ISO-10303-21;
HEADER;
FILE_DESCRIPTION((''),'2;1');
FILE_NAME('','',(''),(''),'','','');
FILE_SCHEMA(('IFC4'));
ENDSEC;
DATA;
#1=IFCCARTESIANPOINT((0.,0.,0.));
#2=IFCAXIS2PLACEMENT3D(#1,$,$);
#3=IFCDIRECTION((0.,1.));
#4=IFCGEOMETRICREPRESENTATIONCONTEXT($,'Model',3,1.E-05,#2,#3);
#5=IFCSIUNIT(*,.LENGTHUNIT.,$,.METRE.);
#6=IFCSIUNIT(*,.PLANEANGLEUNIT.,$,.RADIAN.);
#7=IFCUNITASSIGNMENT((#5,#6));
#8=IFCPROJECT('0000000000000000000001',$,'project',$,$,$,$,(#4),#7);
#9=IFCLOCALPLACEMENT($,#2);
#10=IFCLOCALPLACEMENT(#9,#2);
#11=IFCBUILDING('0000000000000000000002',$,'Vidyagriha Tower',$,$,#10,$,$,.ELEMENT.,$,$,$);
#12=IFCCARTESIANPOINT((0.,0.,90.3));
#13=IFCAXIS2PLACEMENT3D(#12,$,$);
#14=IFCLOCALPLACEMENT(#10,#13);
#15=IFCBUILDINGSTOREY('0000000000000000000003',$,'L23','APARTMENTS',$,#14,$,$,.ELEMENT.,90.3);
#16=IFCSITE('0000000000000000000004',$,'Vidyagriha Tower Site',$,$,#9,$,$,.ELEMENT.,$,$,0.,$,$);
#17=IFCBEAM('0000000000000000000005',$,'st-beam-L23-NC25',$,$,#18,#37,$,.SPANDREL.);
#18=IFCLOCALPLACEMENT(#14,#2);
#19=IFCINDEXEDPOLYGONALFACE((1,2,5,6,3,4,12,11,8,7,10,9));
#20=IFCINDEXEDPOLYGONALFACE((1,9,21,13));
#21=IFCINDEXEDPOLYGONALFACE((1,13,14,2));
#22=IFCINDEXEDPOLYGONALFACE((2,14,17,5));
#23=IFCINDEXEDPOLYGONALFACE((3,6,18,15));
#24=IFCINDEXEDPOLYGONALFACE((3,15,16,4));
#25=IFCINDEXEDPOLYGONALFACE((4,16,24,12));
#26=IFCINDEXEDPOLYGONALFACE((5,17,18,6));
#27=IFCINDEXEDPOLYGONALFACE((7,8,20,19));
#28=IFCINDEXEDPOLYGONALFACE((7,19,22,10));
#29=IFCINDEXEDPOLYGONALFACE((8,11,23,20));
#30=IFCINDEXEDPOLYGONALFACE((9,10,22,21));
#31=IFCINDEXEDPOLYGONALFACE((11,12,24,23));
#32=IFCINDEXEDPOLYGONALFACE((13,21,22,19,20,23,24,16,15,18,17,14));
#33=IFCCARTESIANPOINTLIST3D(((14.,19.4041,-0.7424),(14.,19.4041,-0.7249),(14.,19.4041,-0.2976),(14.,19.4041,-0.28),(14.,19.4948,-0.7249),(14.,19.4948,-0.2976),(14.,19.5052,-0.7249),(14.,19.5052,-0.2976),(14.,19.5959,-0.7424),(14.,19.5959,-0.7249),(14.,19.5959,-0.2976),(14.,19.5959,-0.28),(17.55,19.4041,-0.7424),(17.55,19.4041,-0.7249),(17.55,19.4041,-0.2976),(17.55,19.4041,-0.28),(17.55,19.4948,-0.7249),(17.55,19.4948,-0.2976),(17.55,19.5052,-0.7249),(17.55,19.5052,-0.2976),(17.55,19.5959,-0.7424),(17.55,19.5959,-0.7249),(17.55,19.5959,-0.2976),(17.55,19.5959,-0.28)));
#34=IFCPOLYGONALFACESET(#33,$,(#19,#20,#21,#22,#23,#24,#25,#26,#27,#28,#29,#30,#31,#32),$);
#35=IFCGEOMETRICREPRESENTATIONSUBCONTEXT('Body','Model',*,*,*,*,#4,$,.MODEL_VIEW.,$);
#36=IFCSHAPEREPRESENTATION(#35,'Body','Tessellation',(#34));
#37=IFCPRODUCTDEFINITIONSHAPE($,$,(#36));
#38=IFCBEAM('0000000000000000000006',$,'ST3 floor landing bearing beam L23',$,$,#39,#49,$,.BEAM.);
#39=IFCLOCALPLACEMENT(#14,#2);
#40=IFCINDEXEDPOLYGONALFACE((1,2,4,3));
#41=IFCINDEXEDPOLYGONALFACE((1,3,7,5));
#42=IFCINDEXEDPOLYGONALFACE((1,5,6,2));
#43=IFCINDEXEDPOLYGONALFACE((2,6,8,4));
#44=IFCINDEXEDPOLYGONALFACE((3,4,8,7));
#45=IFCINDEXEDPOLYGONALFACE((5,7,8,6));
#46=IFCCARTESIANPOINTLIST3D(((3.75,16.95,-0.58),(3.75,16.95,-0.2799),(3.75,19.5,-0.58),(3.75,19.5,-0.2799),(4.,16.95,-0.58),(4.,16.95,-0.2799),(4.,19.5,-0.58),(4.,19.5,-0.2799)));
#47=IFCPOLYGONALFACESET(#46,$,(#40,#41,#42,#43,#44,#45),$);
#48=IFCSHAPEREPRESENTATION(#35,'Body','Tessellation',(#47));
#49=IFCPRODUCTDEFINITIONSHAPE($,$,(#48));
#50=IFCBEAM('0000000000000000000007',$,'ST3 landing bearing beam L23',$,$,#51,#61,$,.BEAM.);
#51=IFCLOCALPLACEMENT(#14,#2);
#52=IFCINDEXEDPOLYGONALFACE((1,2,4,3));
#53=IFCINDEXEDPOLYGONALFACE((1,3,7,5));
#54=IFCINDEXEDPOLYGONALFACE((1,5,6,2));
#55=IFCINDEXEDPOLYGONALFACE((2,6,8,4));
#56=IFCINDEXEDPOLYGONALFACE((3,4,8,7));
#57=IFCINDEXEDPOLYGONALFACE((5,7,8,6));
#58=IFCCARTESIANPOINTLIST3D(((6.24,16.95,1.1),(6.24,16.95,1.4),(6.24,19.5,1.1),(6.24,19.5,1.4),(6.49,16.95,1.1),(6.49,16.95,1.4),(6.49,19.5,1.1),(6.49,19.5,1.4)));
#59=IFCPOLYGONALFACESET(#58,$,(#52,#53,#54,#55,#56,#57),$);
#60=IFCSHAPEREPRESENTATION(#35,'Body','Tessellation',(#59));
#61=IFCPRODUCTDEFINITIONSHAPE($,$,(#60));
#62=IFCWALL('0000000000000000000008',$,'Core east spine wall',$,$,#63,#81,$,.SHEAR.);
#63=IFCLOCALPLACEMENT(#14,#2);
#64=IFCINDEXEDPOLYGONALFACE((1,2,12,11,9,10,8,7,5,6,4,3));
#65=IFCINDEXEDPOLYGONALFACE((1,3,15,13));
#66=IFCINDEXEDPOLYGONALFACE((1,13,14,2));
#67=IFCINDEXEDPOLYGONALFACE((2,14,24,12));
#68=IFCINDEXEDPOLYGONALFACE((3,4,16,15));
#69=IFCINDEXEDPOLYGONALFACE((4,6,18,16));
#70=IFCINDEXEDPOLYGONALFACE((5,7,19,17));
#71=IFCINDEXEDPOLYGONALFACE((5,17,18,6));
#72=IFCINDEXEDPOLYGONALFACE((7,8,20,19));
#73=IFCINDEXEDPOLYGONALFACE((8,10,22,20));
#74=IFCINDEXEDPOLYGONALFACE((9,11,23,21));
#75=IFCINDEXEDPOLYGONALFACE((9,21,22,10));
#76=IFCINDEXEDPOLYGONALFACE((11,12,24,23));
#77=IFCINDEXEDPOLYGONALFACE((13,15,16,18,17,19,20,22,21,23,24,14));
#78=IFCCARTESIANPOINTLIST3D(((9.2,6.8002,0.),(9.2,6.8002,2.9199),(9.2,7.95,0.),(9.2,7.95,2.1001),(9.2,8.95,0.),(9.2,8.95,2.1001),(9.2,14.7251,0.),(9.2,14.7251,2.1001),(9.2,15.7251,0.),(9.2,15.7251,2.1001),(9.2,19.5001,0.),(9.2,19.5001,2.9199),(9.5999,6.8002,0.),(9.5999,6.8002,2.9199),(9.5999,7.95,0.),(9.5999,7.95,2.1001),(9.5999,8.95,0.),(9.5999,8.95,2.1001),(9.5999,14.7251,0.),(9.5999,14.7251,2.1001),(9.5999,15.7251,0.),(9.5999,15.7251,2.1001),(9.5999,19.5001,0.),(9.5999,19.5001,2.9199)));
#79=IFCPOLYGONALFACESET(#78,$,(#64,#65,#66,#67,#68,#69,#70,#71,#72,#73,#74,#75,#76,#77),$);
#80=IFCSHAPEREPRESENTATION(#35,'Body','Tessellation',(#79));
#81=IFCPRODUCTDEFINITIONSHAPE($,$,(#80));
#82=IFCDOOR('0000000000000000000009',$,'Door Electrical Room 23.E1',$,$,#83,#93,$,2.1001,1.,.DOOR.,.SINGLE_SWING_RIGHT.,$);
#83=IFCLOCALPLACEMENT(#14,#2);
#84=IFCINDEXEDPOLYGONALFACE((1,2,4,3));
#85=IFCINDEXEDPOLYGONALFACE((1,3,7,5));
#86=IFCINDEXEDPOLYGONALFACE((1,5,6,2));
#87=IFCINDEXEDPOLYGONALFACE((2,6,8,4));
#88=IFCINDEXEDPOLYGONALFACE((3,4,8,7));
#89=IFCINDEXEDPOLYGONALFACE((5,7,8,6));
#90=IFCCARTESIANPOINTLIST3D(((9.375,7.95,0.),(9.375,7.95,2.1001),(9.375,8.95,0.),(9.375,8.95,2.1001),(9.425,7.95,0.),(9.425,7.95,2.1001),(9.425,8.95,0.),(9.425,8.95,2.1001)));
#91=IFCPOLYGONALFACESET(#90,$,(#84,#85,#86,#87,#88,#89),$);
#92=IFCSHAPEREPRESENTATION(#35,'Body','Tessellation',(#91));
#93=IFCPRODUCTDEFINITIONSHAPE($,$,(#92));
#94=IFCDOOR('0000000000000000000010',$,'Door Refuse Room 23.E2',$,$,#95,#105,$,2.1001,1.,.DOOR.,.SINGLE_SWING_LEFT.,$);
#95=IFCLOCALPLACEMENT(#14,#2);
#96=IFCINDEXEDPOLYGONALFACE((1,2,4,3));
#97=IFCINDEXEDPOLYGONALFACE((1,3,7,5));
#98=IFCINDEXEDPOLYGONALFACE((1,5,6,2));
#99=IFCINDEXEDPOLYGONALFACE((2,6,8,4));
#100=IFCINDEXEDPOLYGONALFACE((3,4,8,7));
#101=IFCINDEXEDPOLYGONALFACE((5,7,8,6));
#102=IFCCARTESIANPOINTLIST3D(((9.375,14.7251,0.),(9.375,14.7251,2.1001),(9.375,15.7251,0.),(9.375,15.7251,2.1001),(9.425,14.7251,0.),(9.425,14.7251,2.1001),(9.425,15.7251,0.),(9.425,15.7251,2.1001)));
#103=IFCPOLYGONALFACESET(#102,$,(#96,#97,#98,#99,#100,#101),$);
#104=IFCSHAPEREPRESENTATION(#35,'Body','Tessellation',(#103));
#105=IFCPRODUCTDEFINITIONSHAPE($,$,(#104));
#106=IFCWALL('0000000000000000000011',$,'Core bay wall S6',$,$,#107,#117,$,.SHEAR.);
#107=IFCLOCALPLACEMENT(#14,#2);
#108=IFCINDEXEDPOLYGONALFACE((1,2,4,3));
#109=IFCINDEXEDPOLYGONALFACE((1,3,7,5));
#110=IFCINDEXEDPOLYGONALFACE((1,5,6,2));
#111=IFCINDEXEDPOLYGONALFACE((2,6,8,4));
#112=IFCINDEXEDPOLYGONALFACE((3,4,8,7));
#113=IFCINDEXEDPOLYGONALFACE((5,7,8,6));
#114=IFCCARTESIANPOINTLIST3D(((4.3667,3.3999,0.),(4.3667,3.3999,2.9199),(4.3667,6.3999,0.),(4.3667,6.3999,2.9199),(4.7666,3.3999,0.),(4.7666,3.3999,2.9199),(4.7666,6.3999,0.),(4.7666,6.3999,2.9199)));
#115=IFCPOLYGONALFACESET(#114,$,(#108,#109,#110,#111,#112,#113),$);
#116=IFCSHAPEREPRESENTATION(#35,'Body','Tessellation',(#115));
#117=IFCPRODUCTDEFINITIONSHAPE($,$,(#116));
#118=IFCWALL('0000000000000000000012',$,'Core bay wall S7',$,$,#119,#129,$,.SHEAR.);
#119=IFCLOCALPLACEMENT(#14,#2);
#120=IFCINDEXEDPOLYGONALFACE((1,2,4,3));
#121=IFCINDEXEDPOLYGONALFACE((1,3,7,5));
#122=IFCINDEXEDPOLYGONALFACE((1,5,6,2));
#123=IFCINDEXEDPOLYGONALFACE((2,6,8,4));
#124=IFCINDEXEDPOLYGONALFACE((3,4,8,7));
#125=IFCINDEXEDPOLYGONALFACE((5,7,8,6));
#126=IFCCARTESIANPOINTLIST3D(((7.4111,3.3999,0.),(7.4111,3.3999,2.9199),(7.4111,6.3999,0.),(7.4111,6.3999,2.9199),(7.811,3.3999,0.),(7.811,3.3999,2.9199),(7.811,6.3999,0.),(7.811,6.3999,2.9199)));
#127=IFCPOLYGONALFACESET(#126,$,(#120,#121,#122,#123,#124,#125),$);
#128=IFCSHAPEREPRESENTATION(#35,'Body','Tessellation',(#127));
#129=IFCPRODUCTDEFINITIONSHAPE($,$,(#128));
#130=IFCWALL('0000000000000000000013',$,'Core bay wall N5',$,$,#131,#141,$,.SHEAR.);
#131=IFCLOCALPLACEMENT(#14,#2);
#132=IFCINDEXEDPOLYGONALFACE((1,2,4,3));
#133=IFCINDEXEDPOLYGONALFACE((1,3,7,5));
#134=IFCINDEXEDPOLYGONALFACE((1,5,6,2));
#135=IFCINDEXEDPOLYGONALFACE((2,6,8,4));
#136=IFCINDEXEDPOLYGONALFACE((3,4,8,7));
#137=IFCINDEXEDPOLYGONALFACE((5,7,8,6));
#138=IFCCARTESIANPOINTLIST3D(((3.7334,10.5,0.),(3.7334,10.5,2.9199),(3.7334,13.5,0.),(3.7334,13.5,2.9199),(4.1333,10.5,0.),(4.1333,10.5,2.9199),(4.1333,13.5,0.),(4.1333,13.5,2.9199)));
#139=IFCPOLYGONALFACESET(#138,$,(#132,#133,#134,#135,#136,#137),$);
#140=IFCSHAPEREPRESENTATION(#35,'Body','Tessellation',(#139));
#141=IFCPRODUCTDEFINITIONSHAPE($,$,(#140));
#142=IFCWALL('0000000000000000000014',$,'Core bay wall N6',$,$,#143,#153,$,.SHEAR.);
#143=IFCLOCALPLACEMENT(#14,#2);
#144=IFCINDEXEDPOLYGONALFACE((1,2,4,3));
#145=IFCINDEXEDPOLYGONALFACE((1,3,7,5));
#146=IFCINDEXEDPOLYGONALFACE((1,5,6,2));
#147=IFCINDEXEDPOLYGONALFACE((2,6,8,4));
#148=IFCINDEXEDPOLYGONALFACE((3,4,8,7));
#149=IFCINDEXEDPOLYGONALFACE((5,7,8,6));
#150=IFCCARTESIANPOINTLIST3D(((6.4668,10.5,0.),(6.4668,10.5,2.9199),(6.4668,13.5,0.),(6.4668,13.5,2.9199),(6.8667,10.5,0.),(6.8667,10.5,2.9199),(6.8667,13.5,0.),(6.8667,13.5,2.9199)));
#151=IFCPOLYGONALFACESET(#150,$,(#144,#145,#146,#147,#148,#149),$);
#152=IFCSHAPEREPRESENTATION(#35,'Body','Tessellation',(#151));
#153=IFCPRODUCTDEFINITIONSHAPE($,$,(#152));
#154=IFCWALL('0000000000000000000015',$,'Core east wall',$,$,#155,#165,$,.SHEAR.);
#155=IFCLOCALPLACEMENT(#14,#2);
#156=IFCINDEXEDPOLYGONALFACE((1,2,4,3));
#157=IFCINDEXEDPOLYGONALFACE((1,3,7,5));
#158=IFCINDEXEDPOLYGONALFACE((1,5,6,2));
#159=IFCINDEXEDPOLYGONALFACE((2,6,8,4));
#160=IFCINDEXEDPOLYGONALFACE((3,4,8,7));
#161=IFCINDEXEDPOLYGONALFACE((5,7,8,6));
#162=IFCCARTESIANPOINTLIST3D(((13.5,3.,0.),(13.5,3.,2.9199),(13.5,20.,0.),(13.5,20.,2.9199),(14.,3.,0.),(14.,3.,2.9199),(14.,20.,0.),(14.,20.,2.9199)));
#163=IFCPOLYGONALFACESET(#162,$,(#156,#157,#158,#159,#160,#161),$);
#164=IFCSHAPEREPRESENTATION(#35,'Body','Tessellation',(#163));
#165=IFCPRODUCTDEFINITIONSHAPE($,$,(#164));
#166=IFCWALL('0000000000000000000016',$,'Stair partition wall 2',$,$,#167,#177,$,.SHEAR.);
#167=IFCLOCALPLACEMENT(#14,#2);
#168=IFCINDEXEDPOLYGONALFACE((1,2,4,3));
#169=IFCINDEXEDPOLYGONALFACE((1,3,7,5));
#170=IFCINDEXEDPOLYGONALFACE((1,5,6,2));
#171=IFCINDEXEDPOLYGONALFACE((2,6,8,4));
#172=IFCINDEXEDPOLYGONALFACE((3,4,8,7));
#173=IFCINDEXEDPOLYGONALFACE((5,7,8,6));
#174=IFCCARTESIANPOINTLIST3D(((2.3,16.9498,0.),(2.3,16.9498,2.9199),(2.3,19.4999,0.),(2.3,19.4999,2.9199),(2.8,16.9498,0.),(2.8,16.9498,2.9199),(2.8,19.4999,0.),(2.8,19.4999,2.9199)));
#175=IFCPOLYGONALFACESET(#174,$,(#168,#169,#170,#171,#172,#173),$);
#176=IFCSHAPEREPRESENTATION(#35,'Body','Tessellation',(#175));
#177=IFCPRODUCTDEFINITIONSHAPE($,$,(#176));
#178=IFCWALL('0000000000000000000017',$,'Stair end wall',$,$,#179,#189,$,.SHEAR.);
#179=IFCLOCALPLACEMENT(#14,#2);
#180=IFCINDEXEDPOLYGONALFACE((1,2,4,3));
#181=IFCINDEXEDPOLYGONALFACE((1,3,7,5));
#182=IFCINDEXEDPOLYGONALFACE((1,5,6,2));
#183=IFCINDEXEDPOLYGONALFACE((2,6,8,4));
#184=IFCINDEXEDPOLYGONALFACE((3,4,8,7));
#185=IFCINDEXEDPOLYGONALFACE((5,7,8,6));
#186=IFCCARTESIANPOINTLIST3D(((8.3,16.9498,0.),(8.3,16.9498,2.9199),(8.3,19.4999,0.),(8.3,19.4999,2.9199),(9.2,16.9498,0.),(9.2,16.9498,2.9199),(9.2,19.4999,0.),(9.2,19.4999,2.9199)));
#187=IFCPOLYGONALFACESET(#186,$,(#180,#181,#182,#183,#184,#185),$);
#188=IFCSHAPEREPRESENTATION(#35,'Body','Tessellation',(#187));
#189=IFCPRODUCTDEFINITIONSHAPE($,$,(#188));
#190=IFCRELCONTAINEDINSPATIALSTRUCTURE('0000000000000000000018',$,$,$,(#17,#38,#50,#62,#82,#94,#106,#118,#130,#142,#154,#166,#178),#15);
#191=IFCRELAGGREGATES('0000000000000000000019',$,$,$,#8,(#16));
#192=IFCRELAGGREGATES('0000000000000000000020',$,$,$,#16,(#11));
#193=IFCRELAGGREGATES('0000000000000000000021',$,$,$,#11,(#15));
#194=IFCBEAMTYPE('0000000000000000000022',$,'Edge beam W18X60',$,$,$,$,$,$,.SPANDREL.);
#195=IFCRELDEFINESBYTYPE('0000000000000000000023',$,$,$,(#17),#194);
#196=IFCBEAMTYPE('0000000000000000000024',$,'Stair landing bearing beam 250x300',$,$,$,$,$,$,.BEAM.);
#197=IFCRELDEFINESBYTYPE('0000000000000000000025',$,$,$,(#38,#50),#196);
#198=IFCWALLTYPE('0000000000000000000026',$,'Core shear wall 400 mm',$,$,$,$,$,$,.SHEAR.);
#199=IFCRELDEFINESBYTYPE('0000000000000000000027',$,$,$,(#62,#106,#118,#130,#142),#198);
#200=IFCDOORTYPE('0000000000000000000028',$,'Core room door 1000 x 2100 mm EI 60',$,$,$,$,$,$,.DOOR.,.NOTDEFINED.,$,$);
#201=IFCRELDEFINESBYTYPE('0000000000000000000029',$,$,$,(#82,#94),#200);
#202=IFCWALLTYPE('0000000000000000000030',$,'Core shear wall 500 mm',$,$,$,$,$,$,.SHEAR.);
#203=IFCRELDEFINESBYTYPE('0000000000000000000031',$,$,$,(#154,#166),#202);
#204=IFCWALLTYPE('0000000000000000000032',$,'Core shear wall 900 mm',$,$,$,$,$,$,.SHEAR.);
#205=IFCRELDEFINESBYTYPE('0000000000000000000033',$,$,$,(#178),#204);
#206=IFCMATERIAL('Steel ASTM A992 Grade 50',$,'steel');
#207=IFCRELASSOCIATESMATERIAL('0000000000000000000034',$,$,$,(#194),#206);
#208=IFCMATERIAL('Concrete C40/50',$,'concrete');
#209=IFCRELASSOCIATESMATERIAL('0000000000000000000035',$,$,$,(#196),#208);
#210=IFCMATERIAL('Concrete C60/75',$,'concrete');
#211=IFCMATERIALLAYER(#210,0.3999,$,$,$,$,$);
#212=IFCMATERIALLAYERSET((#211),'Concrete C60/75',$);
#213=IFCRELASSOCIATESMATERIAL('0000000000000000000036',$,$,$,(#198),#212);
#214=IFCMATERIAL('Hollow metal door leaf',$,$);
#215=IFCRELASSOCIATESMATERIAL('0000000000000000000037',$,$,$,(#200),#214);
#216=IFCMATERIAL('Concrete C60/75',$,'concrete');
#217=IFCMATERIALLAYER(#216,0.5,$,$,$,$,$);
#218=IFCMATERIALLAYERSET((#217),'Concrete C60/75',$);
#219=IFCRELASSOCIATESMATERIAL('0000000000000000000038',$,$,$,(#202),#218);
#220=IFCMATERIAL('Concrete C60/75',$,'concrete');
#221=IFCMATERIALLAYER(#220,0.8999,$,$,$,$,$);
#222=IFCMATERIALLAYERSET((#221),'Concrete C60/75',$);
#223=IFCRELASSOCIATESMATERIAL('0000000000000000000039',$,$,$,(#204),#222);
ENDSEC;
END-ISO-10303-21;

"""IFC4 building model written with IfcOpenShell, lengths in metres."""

from ifc_helpers import new_model, si_unit, direction, frame, frame_2d, origin, origin_2d, place, context, subcontext, project, spatial, rectangle, i_section, extrude, material, layer, layer_set, material_profile, profile_set, type_object, element, fill, save


model = new_model("IFC4")

# Units and contexts
model_context = context("Model", 3, precision=1e-05, world=origin(), true_north=direction((0.0, 1.0)))
body_context = subcontext(model_context, "Body", "Model", "MODEL_VIEW")
ifc_project = project(units=[si_unit("LENGTHUNIT", "METRE"), si_unit("PLANEANGLEUNIT", "RADIAN")], contexts=[model_context])

# Site, building, storey
site_placement = place(None, origin())
site = spatial("IfcSite", under=ifc_project, at=site_placement, Name="Vidyagriha Tower Site", CompositionType="ELEMENT", RefElevation=0.0)
building_placement = place(site_placement, origin())
building = spatial("IfcBuilding", under=site, at=building_placement, Name="Vidyagriha Tower", CompositionType="ELEMENT")
storey_placement = place(building_placement, frame((0.0, 0.0, 90.3)))
storey = spatial("IfcBuildingStorey", under=building, at=storey_placement, Name="L23", Description="APARTMENTS", CompositionType="ELEMENT", Elevation=90.3)

# Beams
ifc_material_1 = material(Name="Steel ASTM A992 Grade 50", Category="steel")
ifc_material_profile_1 = material_profile(ifc_material_1, i_section(OverallWidth=0.1919, OverallDepth=0.4624, WebThickness=0.0105, FlangeThickness=0.0176, at=origin_2d()), Name="W18X60")
ifc_profile_set_1 = profile_set([ifc_material_profile_1], Name="Steel ASTM A992 Grade 50")
beam_type_1 = type_object("IfcBeamType", Name="Edge beam W18X60", PredefinedType="SPANDREL", material=ifc_profile_set_1)
beam_placement = place(storey_placement, frame((14.0, 19.5, -0.5112), z_axis=(1.0, 0.0, 0.0), x_axis=(0.0, 1.0, 0.0)))
element("IfcBeam", 1, at=beam_placement, inside=storey, type_object=beam_type_1, Name="st-beam-L23-NC25", PredefinedType="SPANDREL", context=body_context, shape_type="SweptSolid", body=[
    extrude(i_section(OverallWidth=0.1919, OverallDepth=0.4624, WebThickness=0.0105, FlangeThickness=0.0176, at=origin_2d()), origin(), (0.0, 0.0, 1.0), 3.55),
])
ifc_material_2 = material(Name="Concrete C40/50", Category="concrete")
ifc_material_profile_2 = material_profile(ifc_material_2, rectangle(XDim=0.25, YDim=0.3, at=origin_2d()), Name="Stair landing bearing beam 250x300")
ifc_profile_set_2 = profile_set([ifc_material_profile_2], Name="Concrete C40/50")
beam_type_2 = type_object("IfcBeamType", Name="Stair landing bearing beam 250x300", PredefinedType="BEAM", material=ifc_profile_set_2)
for number, where, z_axis, x_axis, name in (
    (2, (3.875, 16.95, -0.4299), (0.0, 1.0, 0.0), (-1.0, 0.0, 0.0), "ST3 floor landing bearing beam L23"),
    (3, (6.365, 16.95, 1.25), (0.0, 1.0, 0.0), (-1.0, 0.0, 0.0), "ST3 landing bearing beam L23"),
):
    element("IfcBeam", number, at=place(storey_placement, frame(where, z_axis=z_axis, x_axis=x_axis)), inside=storey, type_object=beam_type_2, Name=name, PredefinedType="BEAM", context=body_context, shape_type="SweptSolid", body=[
        extrude(rectangle(XDim=0.25, YDim=0.3, at=origin_2d()), origin(), (0.0, 0.0, 1.0), 2.55),
    ])

# Wall, openings, doors
ifc_material_3 = material(Name="Concrete C60/75", Category="concrete")
ifc_layer_1 = layer(ifc_material_3, 0.3999)
ifc_layer_set_1 = layer_set([ifc_layer_1], Name="Concrete C60/75")
wall_type_1 = type_object("IfcWallType", Name="Core shear wall 400 mm", PredefinedType="SHEAR", material=ifc_layer_set_1)
wall_1_placement = place(storey_placement, frame((9.3999, 6.8, 0.0), z_axis=(0.0, 0.0, 1.0), x_axis=(0.0, 1.0, 0.0)))
wall_1 = element("IfcWall", 4, at=wall_1_placement, inside=storey, type_object=wall_type_1, Name="Core east spine wall", PredefinedType="SHEAR", context=body_context, shape_type="SweptSolid", body=[
    extrude(rectangle(XDim=12.7, YDim=0.3999, at=frame_2d((6.3501, 0.0))), origin(), (0.0, 0.0, 1.0), 2.9199),
])
opening_1_placement = place(wall_1_placement, frame((1.1499, 0.0, 0.0)))
opening_1 = element("IfcOpeningElement", 5, at=opening_1_placement, cuts=wall_1, PredefinedType="OPENING", context=body_context, shape_type="SweptSolid", body=[
    extrude(rectangle(XDim=1.0, YDim=2.1001, at=frame_2d((0.5, 1.05))), frame((0.0, 0.21, 0.0), z_axis=(0.0, -1.0, 0.0), x_axis=(1.0, 0.0, 0.0)), (0.0, 0.0, 1.0), 0.4199),
])
opening_2_placement = place(wall_1_placement, frame((7.925, 0.0, 0.0)))
opening_2 = element("IfcOpeningElement", 6, at=opening_2_placement, cuts=wall_1, PredefinedType="OPENING", context=body_context, shape_type="SweptSolid", body=[
    extrude(rectangle(XDim=1.0, YDim=2.1001, at=frame_2d((0.5, 1.05))), frame((0.0, 0.21, 0.0), z_axis=(0.0, -1.0, 0.0), x_axis=(1.0, 0.0, 0.0)), (0.0, 0.0, 1.0), 0.4199),
])
ifc_material_4 = material(Name="Hollow metal door leaf")
door_type_1 = type_object("IfcDoorType", Name="Core room door 1000 x 2100 mm EI 60", OperationType="NOTDEFINED", PredefinedType="DOOR", material=ifc_material_4)
door_1_placement = place(opening_1_placement, origin())
door_1 = element("IfcDoor", 7, at=door_1_placement, inside=storey, type_object=door_type_1, Name="Door Electrical Room 23.E1", OperationType="SINGLE_SWING_RIGHT", OverallHeight=2.1001, OverallWidth=1.0, PredefinedType="DOOR", context=body_context, shape_type="SweptSolid", body=[
    extrude(rectangle(XDim=1.0, YDim=2.1001, at=frame_2d((0.5, 1.05))), frame((0.0, 0.0249, 0.0), z_axis=(0.0, -1.0, 0.0), x_axis=(1.0, 0.0, 0.0)), (0.0, 0.0, 1.0), 0.05),
])
fill(opening_1, door_1)
door_2_placement = place(opening_2_placement, origin())
door_2 = element("IfcDoor", 8, at=door_2_placement, inside=storey, type_object=door_type_1, Name="Door Refuse Room 23.E2", OperationType="SINGLE_SWING_LEFT", OverallHeight=2.1001, OverallWidth=1.0, PredefinedType="DOOR", context=body_context, shape_type="SweptSolid", body=[
    extrude(rectangle(XDim=1.0, YDim=2.1001, at=frame_2d((0.5, 1.05))), frame((0.0, 0.0249, 0.0), z_axis=(0.0, -1.0, 0.0), x_axis=(1.0, 0.0, 0.0)), (0.0, 0.0, 1.0), 0.05),
])
fill(opening_2, door_2)

# Walls
for number, where, z_axis, x_axis, name in (
    (9, (4.5667, 3.3999, 0.0), (0.0, 0.0, 1.0), (0.0, 1.0, 0.0), "Core bay wall S6"),
    (10, (7.6111, 3.3999, 0.0), (0.0, 0.0, 1.0), (0.0, 1.0, 0.0), "Core bay wall S7"),
    (11, (3.9333, 10.5, 0.0), (0.0, 0.0, 1.0), (0.0, 1.0, 0.0), "Core bay wall N5"),
    (12, (6.6667, 10.5, 0.0), (0.0, 0.0, 1.0), (0.0, 1.0, 0.0), "Core bay wall N6"),
):
    element("IfcWall", number, at=place(storey_placement, frame(where, z_axis=z_axis, x_axis=x_axis)), inside=storey, type_object=wall_type_1, Name=name, PredefinedType="SHEAR", context=body_context, shape_type="SweptSolid", body=[
        extrude(rectangle(XDim=3.0, YDim=0.3999, at=frame_2d((1.5, 0.0))), origin(), (0.0, 0.0, 1.0), 2.9199),
    ])
ifc_material_5 = material(Name="Concrete C60/75", Category="concrete")
ifc_layer_2 = layer(ifc_material_5, 0.5)
ifc_layer_set_2 = layer_set([ifc_layer_2], Name="Concrete C60/75")
wall_type_2 = type_object("IfcWallType", Name="Core shear wall 500 mm", PredefinedType="SHEAR", material=ifc_layer_set_2)
wall_2_placement = place(storey_placement, frame((13.75, 3.0, 0.0), z_axis=(0.0, 0.0, 1.0), x_axis=(0.0, 1.0, 0.0)))
element("IfcWall", 13, at=wall_2_placement, inside=storey, type_object=wall_type_2, Name="Core east wall", PredefinedType="SHEAR", context=body_context, shape_type="SweptSolid", body=[
    extrude(rectangle(XDim=17.0, YDim=0.5, at=frame_2d((8.5, 0.0))), origin(), (0.0, 0.0, 1.0), 2.9199),
])
wall_3_placement = place(storey_placement, frame((2.55, 16.95, 0.0), z_axis=(0.0, 0.0, 1.0), x_axis=(0.0, 1.0, 0.0)))
element("IfcWall", 14, at=wall_3_placement, inside=storey, type_object=wall_type_2, Name="Stair partition wall 2", PredefinedType="SHEAR", context=body_context, shape_type="SweptSolid", body=[
    extrude(rectangle(XDim=2.55, YDim=0.5, at=frame_2d((1.2749, 0.0))), origin(), (0.0, 0.0, 1.0), 2.9199),
])
ifc_material_6 = material(Name="Concrete C60/75", Category="concrete")
ifc_layer_3 = layer(ifc_material_6, 0.8999)
ifc_layer_set_3 = layer_set([ifc_layer_3], Name="Concrete C60/75")
wall_type_3 = type_object("IfcWallType", Name="Core shear wall 900 mm", PredefinedType="SHEAR", material=ifc_layer_set_3)
wall_4_placement = place(storey_placement, frame((8.75, 16.95, 0.0), z_axis=(0.0, 0.0, 1.0), x_axis=(0.0, 1.0, 0.0)))
element("IfcWall", 15, at=wall_4_placement, inside=storey, type_object=wall_type_3, Name="Stair end wall", PredefinedType="SHEAR", context=body_context, shape_type="SweptSolid", body=[
    extrude(rectangle(XDim=2.55, YDim=0.8999, at=frame_2d((1.2749, 0.0))), origin(), (0.0, 0.0, 1.0), 2.9199),
])

save(model, "model.ifc")
